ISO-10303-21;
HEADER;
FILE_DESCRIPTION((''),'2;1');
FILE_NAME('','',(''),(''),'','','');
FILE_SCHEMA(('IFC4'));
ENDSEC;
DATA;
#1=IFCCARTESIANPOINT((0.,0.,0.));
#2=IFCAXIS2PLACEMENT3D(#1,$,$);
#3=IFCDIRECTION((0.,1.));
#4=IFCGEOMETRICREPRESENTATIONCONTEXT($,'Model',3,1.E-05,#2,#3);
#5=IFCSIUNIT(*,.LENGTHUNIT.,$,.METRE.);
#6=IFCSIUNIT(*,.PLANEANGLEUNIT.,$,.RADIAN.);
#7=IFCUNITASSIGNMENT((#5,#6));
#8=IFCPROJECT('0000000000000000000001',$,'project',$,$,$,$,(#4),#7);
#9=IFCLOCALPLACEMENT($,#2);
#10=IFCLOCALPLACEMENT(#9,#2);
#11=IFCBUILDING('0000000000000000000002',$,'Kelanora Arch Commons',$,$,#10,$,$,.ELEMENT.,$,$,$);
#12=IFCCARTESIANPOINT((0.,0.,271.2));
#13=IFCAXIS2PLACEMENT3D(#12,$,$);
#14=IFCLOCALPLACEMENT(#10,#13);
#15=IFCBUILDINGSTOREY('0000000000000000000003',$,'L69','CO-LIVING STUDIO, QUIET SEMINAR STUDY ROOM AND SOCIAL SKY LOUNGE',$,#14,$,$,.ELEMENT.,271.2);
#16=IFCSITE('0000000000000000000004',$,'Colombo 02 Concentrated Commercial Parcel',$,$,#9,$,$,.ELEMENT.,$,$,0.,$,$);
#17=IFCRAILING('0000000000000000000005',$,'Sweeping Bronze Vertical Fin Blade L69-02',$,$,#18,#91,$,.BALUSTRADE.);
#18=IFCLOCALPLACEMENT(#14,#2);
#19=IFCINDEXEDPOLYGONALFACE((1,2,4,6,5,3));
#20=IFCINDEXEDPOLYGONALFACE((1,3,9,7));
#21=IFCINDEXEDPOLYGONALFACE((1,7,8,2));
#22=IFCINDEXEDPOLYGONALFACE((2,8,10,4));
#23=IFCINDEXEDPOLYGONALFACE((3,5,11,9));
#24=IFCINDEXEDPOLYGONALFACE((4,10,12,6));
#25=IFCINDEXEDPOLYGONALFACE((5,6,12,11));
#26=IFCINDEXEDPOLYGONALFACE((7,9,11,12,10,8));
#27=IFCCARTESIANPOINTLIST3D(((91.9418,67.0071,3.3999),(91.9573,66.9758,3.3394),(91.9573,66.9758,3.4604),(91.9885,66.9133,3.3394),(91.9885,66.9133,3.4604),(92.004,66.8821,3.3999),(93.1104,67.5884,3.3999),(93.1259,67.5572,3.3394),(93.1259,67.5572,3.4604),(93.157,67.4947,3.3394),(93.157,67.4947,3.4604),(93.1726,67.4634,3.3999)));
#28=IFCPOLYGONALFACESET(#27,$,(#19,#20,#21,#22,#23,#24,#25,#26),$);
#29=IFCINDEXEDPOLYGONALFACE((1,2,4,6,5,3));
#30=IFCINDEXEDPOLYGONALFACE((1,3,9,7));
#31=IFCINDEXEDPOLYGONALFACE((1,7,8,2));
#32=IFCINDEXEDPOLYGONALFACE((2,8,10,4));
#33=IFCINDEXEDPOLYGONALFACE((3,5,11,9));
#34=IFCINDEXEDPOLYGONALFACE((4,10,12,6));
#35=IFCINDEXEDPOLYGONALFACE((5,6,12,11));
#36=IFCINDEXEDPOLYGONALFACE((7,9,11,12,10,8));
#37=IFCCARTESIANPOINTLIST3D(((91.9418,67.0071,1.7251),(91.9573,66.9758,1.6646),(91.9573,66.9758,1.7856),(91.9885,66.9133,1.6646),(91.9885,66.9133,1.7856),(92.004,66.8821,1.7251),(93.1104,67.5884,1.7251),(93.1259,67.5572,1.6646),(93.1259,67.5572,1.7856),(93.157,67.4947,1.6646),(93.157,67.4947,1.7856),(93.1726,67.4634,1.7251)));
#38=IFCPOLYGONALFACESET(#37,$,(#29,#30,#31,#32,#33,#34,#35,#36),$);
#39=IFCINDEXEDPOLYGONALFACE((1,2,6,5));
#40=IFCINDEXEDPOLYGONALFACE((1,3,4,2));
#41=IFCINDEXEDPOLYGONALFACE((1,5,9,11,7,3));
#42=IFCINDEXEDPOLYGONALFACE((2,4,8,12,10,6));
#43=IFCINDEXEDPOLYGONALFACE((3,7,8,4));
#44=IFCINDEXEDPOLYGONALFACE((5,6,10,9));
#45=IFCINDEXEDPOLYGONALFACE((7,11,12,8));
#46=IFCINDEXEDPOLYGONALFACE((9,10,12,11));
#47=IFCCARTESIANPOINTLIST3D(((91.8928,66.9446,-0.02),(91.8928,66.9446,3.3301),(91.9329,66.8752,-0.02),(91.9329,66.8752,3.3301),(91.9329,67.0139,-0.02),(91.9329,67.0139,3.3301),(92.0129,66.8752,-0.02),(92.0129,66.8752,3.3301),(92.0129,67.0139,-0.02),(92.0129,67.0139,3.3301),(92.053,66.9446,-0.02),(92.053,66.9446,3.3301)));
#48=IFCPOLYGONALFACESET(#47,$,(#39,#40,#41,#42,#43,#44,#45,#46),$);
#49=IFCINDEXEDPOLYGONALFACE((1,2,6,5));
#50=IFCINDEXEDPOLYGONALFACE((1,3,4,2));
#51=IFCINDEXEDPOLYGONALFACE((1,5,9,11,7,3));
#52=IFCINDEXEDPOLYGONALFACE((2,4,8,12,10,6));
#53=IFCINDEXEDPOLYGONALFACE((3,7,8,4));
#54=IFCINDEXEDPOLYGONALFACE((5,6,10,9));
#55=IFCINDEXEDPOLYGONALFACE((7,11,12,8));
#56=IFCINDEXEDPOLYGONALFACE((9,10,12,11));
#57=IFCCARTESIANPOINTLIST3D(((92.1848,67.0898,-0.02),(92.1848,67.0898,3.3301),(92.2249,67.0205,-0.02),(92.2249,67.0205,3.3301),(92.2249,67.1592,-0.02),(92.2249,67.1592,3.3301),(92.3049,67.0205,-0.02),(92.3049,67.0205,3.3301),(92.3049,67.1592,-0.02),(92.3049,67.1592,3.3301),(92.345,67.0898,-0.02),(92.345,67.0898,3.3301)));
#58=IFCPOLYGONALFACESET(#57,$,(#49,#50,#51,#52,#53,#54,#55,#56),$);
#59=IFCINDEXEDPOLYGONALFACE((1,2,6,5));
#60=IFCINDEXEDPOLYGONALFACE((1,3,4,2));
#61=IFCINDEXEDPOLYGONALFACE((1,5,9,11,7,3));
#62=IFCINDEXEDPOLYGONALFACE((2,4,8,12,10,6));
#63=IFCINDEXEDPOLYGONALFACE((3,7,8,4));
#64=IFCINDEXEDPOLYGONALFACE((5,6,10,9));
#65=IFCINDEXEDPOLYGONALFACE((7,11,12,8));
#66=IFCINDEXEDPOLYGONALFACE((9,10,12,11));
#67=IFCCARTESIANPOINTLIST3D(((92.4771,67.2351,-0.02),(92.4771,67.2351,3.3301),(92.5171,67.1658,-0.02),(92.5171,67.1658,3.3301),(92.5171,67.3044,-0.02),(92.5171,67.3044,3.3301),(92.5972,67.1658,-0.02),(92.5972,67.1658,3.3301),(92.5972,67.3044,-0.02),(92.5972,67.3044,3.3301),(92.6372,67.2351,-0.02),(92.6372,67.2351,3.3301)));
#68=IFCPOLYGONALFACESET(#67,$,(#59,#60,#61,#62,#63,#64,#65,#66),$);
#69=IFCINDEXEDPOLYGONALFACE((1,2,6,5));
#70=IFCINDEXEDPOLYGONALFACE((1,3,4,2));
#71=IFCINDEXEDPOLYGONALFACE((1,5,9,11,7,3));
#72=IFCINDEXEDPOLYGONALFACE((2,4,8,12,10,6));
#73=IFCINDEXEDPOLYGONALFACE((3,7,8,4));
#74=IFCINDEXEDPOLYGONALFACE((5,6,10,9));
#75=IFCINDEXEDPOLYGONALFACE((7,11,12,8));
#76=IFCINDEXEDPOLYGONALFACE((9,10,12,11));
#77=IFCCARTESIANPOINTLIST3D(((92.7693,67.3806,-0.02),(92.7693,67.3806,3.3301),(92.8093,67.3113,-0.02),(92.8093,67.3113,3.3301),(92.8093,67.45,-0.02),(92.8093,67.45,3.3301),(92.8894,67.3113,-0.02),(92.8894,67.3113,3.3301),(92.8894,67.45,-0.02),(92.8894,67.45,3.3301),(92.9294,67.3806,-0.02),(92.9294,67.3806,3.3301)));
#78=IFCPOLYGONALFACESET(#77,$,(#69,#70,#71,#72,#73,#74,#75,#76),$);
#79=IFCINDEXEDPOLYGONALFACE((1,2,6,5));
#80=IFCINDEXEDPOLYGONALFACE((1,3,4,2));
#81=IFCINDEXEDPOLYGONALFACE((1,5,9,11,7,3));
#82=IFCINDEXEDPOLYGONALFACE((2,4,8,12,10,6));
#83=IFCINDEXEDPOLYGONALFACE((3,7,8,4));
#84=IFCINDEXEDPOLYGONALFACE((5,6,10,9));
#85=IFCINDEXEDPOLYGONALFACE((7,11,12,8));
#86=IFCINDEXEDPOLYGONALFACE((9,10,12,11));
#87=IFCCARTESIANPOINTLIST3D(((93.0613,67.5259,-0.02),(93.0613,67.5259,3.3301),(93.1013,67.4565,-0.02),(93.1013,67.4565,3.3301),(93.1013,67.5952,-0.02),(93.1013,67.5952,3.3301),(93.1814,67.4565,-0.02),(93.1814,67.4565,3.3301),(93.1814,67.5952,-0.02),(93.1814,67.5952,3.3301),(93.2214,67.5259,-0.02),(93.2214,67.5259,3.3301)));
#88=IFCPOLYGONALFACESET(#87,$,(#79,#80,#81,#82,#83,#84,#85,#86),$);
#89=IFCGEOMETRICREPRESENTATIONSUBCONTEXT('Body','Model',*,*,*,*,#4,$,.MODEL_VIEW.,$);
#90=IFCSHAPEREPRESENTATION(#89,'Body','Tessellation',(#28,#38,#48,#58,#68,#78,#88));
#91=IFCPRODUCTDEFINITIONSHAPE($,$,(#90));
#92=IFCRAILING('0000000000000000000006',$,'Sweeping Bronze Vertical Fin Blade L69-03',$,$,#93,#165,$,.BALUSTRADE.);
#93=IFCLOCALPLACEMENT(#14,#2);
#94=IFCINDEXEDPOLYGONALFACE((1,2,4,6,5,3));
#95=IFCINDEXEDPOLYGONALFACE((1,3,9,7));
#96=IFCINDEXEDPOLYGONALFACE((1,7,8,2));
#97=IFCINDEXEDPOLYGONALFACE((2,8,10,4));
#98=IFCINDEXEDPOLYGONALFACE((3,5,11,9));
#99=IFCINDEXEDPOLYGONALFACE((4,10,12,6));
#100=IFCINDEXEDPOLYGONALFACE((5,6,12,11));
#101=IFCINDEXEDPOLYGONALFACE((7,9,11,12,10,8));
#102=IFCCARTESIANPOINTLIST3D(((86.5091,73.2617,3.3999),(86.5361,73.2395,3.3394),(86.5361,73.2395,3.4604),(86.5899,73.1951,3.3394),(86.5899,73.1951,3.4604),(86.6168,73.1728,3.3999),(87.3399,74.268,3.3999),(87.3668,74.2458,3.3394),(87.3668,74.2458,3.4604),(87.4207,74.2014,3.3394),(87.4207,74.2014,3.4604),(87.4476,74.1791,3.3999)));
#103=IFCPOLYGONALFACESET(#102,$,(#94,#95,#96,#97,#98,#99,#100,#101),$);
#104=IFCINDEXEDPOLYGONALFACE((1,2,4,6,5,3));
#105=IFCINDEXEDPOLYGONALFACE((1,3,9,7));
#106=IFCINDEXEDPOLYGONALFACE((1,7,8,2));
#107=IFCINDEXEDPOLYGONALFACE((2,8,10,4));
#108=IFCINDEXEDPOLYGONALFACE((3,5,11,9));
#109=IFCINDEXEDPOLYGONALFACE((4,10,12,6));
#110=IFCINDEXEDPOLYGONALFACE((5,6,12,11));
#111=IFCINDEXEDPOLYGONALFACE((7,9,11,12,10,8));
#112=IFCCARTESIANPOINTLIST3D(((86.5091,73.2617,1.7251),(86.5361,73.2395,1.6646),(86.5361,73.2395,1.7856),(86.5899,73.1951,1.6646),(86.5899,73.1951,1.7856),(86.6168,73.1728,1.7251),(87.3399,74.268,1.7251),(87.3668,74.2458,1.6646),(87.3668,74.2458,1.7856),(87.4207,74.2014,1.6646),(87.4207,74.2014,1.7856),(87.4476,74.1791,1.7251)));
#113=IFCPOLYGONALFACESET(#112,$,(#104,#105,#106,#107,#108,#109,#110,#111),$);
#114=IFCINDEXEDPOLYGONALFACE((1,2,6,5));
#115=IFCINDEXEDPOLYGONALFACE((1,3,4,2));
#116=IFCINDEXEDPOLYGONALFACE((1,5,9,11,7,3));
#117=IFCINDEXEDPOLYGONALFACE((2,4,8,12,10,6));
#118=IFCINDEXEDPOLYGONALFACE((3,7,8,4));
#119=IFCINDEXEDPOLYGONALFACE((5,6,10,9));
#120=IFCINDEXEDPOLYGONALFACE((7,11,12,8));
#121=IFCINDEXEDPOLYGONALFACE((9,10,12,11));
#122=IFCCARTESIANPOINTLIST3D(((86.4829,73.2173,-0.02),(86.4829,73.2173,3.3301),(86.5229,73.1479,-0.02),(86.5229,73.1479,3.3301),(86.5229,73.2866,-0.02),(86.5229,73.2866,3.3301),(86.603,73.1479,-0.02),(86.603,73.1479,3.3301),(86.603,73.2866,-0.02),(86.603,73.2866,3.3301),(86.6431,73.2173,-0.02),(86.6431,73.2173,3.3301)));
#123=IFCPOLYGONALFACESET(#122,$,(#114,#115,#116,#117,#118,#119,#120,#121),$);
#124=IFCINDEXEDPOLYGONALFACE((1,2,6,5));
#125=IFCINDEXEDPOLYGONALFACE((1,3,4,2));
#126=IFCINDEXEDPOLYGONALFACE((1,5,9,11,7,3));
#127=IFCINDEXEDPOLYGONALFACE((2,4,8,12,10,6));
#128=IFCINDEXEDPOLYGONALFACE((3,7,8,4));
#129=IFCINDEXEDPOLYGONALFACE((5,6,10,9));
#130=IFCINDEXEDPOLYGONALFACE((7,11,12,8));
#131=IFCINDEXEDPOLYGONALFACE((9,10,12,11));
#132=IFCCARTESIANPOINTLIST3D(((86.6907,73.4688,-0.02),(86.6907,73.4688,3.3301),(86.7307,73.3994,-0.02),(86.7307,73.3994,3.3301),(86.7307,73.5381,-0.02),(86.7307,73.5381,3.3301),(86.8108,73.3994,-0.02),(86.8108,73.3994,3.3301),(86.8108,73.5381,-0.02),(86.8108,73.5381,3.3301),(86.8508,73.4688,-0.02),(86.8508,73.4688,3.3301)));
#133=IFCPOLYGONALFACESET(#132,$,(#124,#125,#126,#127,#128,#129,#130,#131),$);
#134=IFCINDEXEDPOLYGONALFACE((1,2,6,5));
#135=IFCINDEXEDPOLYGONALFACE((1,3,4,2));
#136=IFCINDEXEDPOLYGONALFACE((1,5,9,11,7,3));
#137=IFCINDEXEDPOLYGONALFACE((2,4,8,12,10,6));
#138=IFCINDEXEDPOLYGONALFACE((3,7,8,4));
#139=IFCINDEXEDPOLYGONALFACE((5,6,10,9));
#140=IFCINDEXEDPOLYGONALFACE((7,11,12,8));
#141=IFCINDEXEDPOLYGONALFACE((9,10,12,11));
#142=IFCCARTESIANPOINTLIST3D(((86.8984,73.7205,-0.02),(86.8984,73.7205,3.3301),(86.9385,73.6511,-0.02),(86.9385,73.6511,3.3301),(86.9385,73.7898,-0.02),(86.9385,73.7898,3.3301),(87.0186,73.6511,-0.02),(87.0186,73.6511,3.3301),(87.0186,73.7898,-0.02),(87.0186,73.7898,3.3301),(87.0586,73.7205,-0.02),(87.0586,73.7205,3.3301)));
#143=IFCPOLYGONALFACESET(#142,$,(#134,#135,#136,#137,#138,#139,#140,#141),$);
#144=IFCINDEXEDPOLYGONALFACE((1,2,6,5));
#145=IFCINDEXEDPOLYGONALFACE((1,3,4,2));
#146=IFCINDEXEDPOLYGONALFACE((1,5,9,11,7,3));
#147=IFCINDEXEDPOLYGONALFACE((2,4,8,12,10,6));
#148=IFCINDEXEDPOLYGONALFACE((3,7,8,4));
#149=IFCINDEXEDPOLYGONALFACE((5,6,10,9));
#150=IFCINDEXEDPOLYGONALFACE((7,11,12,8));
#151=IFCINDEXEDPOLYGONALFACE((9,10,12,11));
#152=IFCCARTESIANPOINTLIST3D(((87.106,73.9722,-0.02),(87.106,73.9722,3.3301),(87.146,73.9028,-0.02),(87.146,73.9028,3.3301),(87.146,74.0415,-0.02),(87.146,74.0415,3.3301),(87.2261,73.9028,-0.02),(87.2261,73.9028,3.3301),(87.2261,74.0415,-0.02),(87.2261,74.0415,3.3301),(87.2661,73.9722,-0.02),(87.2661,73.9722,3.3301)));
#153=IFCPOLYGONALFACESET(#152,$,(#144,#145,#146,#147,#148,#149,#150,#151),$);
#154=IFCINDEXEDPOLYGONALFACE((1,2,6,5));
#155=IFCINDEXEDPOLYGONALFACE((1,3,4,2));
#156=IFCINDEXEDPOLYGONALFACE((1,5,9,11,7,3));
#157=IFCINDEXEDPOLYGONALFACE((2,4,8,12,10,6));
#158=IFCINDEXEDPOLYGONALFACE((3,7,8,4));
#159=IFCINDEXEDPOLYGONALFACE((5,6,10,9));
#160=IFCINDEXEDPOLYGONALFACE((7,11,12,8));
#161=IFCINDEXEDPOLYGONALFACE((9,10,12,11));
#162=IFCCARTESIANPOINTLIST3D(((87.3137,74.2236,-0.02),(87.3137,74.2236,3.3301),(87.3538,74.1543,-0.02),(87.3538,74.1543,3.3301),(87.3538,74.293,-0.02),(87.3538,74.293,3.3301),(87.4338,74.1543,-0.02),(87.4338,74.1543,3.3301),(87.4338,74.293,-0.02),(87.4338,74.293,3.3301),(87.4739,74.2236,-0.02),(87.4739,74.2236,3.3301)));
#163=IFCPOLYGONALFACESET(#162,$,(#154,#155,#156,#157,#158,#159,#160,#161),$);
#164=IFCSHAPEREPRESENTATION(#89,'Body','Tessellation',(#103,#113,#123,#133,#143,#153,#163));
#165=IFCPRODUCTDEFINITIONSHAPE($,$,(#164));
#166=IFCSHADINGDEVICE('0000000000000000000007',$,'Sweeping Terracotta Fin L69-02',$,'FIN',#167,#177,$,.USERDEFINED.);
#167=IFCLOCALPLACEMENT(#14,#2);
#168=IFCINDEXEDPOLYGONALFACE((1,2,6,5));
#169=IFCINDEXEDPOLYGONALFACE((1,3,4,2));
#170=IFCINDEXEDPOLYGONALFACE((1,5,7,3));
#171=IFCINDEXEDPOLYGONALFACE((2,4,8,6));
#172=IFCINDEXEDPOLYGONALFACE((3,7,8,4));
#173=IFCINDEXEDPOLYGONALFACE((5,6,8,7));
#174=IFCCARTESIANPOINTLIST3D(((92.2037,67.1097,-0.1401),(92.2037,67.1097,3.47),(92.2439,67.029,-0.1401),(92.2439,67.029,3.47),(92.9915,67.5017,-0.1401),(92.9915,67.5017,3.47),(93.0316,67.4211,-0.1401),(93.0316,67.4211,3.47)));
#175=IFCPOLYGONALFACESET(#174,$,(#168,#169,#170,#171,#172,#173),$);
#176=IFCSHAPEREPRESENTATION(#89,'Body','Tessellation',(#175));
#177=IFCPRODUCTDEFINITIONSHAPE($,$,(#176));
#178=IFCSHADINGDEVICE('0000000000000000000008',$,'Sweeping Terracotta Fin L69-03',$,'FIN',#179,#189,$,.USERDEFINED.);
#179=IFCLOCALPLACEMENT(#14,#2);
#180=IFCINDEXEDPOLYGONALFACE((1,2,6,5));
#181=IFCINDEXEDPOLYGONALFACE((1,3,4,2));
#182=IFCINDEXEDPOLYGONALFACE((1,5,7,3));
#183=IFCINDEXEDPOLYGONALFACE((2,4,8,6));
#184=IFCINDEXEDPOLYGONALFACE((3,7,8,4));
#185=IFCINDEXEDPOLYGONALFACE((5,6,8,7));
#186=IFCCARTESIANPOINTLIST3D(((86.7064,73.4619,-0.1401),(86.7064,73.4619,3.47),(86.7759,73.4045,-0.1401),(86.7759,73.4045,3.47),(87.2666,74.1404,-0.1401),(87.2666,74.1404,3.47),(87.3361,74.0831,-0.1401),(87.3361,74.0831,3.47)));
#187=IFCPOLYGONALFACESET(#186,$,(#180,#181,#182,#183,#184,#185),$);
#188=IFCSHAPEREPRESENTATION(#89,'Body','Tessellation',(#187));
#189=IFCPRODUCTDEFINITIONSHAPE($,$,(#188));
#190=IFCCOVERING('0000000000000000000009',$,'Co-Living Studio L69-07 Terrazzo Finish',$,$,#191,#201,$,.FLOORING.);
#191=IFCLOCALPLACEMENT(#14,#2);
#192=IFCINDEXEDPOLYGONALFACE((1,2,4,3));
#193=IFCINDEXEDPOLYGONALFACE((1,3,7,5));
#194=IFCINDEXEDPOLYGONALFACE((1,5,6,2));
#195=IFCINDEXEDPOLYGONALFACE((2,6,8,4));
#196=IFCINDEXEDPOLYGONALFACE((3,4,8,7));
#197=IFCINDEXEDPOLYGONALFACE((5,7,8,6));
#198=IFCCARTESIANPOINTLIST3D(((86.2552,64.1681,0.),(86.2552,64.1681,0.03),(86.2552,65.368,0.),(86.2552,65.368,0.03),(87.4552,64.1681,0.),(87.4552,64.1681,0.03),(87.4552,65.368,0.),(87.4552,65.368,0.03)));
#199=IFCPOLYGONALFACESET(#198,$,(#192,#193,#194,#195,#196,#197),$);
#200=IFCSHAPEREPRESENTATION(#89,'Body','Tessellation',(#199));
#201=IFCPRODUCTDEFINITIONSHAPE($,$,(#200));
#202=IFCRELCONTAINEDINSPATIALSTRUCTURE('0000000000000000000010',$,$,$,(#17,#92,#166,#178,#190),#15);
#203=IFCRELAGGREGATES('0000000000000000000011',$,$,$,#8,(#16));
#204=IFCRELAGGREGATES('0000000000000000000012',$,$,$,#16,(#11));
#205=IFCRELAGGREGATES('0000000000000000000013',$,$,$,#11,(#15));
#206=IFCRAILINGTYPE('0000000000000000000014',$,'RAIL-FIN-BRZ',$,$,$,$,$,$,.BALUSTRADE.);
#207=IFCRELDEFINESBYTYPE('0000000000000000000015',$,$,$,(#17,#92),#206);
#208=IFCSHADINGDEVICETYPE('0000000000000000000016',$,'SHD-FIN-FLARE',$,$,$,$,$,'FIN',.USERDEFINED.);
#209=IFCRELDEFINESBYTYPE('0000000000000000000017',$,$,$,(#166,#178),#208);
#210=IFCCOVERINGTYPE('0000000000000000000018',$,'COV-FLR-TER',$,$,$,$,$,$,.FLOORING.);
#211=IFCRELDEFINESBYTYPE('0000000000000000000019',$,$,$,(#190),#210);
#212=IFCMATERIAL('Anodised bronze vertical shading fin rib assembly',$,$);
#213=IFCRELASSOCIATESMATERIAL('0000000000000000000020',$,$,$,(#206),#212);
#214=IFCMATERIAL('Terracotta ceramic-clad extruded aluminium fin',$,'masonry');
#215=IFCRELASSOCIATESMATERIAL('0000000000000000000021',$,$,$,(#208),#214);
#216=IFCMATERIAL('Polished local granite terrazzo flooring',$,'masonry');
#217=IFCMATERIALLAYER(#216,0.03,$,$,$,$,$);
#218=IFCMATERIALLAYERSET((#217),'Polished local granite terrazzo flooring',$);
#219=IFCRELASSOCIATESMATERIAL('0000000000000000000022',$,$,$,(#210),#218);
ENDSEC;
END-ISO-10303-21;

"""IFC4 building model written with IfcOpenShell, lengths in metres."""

from ifc_helpers import new_model, si_unit, direction, frame, origin, origin_2d, place, context, subcontext, project, spatial, polyline, rectangle, outline, extrude, source, transform, mapped, material, layer, layer_set, type_object, element, save


model = new_model("IFC4")

# Units and contexts
model_context = context("Model", 3, precision=1e-05, world=origin(), true_north=direction((0.0, 1.0)))
body_context = subcontext(model_context, "Body", "Model", "MODEL_VIEW")
ifc_project = project(units=[si_unit("LENGTHUNIT", "METRE"), si_unit("PLANEANGLEUNIT", "RADIAN")], contexts=[model_context])

# Site, building, storey
site_placement = place(None, origin())
site = spatial("IfcSite", under=ifc_project, at=site_placement, Name="Colombo 02 Concentrated Commercial Parcel", CompositionType="ELEMENT", RefElevation=0.0)
building_placement = place(site_placement, origin())
building = spatial("IfcBuilding", under=site, at=building_placement, Name="Kelanora Arch Commons", CompositionType="ELEMENT")
storey_placement = place(building_placement, frame((0.0, 0.0, 271.2)))
storey = spatial("IfcBuildingStorey", under=building, at=storey_placement, Name="L69", Description="CO-LIVING STUDIO, QUIET SEMINAR STUDY ROOM AND SOCIAL SKY LOUNGE", CompositionType="ELEMENT", Elevation=271.2)

# Railings
ifc_material_1 = material(Name="Anodised bronze vertical shading fin rib assembly")
railing_type = type_object("IfcRailingType", Name="RAIL-FIN-BRZ", PredefinedType="BALUSTRADE", material=ifc_material_1)
railing_1_placement = place(storey_placement, frame((91.9729, 66.9446, -0.02)))
element("IfcRailing", 1, at=railing_1_placement, inside=storey, type_object=railing_type, Name="Sweeping Bronze Vertical Fin Blade L69-02", PredefinedType="BALUSTRADE", context=body_context, shape_type="SweptSolid", body=[
    extrude(outline(polyline([(0.0698, 0.0), (0.0349, 0.0605), (-0.0349, 0.0605), (-0.0698, 0.0), (-0.0349, -0.0605), (0.0349, -0.0605), (0.0698, 0.0)])), frame((0.0, 0.0, 3.4199), z_axis=(0.895323, 0.445417, 0.0), x_axis=(-0.445417, 0.895323, 0.0)), (0.0, 0.0, 1.0), 1.3052),
    extrude(outline(polyline([(0.0698, 0.0), (0.0349, 0.0605), (-0.0349, 0.0605), (-0.0698, 0.0), (-0.0349, -0.0605), (0.0349, -0.0605), (0.0698, 0.0)])), frame((0.0, 0.0, 1.7451), z_axis=(0.895323, 0.445417, 0.0), x_axis=(-0.445417, 0.895323, 0.0)), (0.0, 0.0, 1.0), 1.3052),
    extrude(outline(polyline([(0.0801, 0.0), (0.04, 0.0693), (-0.04, 0.0693), (-0.0801, 0.0), (-0.04, -0.0693), (0.04, -0.0693), (0.0801, 0.0)])), origin(), (0.0, 0.0, 1.0), 3.3501),
    extrude(outline(polyline([(0.0801, 0.0), (0.04, 0.0693), (-0.04, 0.0693), (-0.0801, 0.0), (-0.04, -0.0693), (0.04, -0.0693), (0.0801, 0.0)])), frame((0.292, 0.1453, 0.0)), (0.0, 0.0, 1.0), 3.3501),
    extrude(outline(polyline([(0.0801, 0.0), (0.04, 0.0693), (-0.04, 0.0693), (-0.0801, 0.0), (-0.04, -0.0693), (0.04, -0.0693), (0.0801, 0.0)])), frame((0.5842, 0.2905, 0.0)), (0.0, 0.0, 1.0), 3.3501),
    extrude(outline(polyline([(0.0801, 0.0), (0.04, 0.0693), (-0.04, 0.0693), (-0.0801, 0.0), (-0.04, -0.0693), (0.04, -0.0693), (0.0801, 0.0)])), frame((0.8765, 0.436, 0.0)), (0.0, 0.0, 1.0), 3.3501),
    extrude(outline(polyline([(0.0801, 0.0), (0.04, 0.0693), (-0.04, 0.0693), (-0.0801, 0.0), (-0.04, -0.0693), (0.04, -0.0693), (0.0801, 0.0)])), frame((1.1685, 0.5813, 0.0)), (0.0, 0.0, 1.0), 3.3501),
])
railing_2_placement = place(storey_placement, frame((86.563, 73.2173, -0.02)))
element("IfcRailing", 2, at=railing_2_placement, inside=storey, type_object=railing_type, Name="Sweeping Bronze Vertical Fin Blade L69-03", PredefinedType="BALUSTRADE", context=body_context, shape_type="SweptSolid", body=[
    extrude(outline(polyline([(0.0698, 0.0), (0.0349, 0.0605), (-0.0349, 0.0605), (-0.0698, 0.0), (-0.0349, -0.0605), (0.0349, -0.0605), (0.0698, 0.0)])), frame((0.0, 0.0, 3.4199), z_axis=(0.636645, 0.771157, 0.0), x_axis=(-0.771157, 0.636645, 0.0)), (0.0, 0.0, 1.0), 1.3049),
    extrude(outline(polyline([(0.0698, 0.0), (0.0349, 0.0605), (-0.0349, 0.0605), (-0.0698, 0.0), (-0.0349, -0.0605), (0.0349, -0.0605), (0.0698, 0.0)])), frame((0.0, 0.0, 1.7451), z_axis=(0.636645, 0.771157, 0.0), x_axis=(-0.771157, 0.636645, 0.0)), (0.0, 0.0, 1.0), 1.3049),
    extrude(outline(polyline([(0.0801, 0.0), (0.04, 0.0693), (-0.04, 0.0693), (-0.0801, 0.0), (-0.04, -0.0693), (0.04, -0.0693), (0.0801, 0.0)])), origin(), (0.0, 0.0, 1.0), 3.3501),
    extrude(outline(polyline([(0.0801, 0.0), (0.04, 0.0693), (-0.04, 0.0693), (-0.0801, 0.0), (-0.04, -0.0693), (0.04, -0.0693), (0.0801, 0.0)])), frame((0.2078, 0.2515, 0.0)), (0.0, 0.0, 1.0), 3.3501),
    extrude(outline(polyline([(0.0801, 0.0), (0.04, 0.0693), (-0.04, 0.0693), (-0.0801, 0.0), (-0.04, -0.0693), (0.04, -0.0693), (0.0801, 0.0)])), frame((0.4155, 0.5032, 0.0)), (0.0, 0.0, 1.0), 3.3501),
    extrude(outline(polyline([(0.0801, 0.0), (0.04, 0.0693), (-0.04, 0.0693), (-0.0801, 0.0), (-0.04, -0.0693), (0.04, -0.0693), (0.0801, 0.0)])), frame((0.623, 0.7549, 0.0)), (0.0, 0.0, 1.0), 3.3501),
    extrude(outline(polyline([(0.0801, 0.0), (0.04, 0.0693), (-0.04, 0.0693), (-0.0801, 0.0), (-0.04, -0.0693), (0.04, -0.0693), (0.0801, 0.0)])), frame((0.8308, 1.0063, 0.0)), (0.0, 0.0, 1.0), 3.3501),
])

# Shading devices
ifc_material_2 = material(Name="Terracotta ceramic-clad extruded aluminium fin", Category="masonry")
shading_device_type = type_object("IfcShadingDeviceType", Name="SHD-FIN-FLARE", ElementType="FIN", PredefinedType="USERDEFINED", material=ifc_material_2)
shared_shape_1 = source(origin(), body_context, "Body", "SweptSolid", [
    extrude(rectangle(XDim=0.8799, YDim=0.0901, at=origin_2d()), origin(), (0.0, 0.0, 1.0), 3.6101),
])
for number, where, z_axis, x_axis, name in (
    (3, (92.6177, 67.2654, -0.1401), (0.0, 0.0, 1.0), (0.895246, 0.445573, 0.0), "Sweeping Terracotta Fin L69-02"),
    (4, (87.0212, 73.7725, -0.1401), (0.0, 0.0, 1.0), (0.636617, 0.77118, 0.0), "Sweeping Terracotta Fin L69-03"),
):
    element("IfcShadingDevice", number, at=place(storey_placement, frame(where, z_axis=z_axis, x_axis=x_axis)), inside=storey, type_object=shading_device_type, Name=name, ObjectType="FIN", PredefinedType="USERDEFINED", context=body_context, shape_type="MappedRepresentation", body=[
        mapped(shared_shape_1, transform((0.0, 0.0, 0.0), scale=1.0)),
    ])

# Covering
ifc_material_3 = material(Name="Polished local granite terrazzo flooring", Category="masonry")
ifc_layer_1 = layer(ifc_material_3, 0.03)
ifc_layer_set_1 = layer_set([ifc_layer_1], Name="Polished local granite terrazzo flooring")
covering_type = type_object("IfcCoveringType", Name="COV-FLR-TER", PredefinedType="FLOORING", material=ifc_layer_set_1)
shared_shape_2 = source(origin(), body_context, "Body", "SweptSolid", [
    extrude(rectangle(XDim=1.2, YDim=1.2, at=origin_2d()), origin(), (0.0, 0.0, 1.0), 0.03),
])
covering_placement = place(storey_placement, frame((86.8552, 64.7681, 0.0), z_axis=(0.0, 0.0, 1.0), x_axis=(1.0, 0.0, 0.0)))
element("IfcCovering", 5, at=covering_placement, inside=storey, type_object=covering_type, Name="Co-Living Studio L69-07 Terrazzo Finish", PredefinedType="FLOORING", context=body_context, shape_type="MappedRepresentation", body=[
    mapped(shared_shape_2, transform((0.0, 0.0, 0.0), scale=1.0)),
])

save(model, "model.ifc")
